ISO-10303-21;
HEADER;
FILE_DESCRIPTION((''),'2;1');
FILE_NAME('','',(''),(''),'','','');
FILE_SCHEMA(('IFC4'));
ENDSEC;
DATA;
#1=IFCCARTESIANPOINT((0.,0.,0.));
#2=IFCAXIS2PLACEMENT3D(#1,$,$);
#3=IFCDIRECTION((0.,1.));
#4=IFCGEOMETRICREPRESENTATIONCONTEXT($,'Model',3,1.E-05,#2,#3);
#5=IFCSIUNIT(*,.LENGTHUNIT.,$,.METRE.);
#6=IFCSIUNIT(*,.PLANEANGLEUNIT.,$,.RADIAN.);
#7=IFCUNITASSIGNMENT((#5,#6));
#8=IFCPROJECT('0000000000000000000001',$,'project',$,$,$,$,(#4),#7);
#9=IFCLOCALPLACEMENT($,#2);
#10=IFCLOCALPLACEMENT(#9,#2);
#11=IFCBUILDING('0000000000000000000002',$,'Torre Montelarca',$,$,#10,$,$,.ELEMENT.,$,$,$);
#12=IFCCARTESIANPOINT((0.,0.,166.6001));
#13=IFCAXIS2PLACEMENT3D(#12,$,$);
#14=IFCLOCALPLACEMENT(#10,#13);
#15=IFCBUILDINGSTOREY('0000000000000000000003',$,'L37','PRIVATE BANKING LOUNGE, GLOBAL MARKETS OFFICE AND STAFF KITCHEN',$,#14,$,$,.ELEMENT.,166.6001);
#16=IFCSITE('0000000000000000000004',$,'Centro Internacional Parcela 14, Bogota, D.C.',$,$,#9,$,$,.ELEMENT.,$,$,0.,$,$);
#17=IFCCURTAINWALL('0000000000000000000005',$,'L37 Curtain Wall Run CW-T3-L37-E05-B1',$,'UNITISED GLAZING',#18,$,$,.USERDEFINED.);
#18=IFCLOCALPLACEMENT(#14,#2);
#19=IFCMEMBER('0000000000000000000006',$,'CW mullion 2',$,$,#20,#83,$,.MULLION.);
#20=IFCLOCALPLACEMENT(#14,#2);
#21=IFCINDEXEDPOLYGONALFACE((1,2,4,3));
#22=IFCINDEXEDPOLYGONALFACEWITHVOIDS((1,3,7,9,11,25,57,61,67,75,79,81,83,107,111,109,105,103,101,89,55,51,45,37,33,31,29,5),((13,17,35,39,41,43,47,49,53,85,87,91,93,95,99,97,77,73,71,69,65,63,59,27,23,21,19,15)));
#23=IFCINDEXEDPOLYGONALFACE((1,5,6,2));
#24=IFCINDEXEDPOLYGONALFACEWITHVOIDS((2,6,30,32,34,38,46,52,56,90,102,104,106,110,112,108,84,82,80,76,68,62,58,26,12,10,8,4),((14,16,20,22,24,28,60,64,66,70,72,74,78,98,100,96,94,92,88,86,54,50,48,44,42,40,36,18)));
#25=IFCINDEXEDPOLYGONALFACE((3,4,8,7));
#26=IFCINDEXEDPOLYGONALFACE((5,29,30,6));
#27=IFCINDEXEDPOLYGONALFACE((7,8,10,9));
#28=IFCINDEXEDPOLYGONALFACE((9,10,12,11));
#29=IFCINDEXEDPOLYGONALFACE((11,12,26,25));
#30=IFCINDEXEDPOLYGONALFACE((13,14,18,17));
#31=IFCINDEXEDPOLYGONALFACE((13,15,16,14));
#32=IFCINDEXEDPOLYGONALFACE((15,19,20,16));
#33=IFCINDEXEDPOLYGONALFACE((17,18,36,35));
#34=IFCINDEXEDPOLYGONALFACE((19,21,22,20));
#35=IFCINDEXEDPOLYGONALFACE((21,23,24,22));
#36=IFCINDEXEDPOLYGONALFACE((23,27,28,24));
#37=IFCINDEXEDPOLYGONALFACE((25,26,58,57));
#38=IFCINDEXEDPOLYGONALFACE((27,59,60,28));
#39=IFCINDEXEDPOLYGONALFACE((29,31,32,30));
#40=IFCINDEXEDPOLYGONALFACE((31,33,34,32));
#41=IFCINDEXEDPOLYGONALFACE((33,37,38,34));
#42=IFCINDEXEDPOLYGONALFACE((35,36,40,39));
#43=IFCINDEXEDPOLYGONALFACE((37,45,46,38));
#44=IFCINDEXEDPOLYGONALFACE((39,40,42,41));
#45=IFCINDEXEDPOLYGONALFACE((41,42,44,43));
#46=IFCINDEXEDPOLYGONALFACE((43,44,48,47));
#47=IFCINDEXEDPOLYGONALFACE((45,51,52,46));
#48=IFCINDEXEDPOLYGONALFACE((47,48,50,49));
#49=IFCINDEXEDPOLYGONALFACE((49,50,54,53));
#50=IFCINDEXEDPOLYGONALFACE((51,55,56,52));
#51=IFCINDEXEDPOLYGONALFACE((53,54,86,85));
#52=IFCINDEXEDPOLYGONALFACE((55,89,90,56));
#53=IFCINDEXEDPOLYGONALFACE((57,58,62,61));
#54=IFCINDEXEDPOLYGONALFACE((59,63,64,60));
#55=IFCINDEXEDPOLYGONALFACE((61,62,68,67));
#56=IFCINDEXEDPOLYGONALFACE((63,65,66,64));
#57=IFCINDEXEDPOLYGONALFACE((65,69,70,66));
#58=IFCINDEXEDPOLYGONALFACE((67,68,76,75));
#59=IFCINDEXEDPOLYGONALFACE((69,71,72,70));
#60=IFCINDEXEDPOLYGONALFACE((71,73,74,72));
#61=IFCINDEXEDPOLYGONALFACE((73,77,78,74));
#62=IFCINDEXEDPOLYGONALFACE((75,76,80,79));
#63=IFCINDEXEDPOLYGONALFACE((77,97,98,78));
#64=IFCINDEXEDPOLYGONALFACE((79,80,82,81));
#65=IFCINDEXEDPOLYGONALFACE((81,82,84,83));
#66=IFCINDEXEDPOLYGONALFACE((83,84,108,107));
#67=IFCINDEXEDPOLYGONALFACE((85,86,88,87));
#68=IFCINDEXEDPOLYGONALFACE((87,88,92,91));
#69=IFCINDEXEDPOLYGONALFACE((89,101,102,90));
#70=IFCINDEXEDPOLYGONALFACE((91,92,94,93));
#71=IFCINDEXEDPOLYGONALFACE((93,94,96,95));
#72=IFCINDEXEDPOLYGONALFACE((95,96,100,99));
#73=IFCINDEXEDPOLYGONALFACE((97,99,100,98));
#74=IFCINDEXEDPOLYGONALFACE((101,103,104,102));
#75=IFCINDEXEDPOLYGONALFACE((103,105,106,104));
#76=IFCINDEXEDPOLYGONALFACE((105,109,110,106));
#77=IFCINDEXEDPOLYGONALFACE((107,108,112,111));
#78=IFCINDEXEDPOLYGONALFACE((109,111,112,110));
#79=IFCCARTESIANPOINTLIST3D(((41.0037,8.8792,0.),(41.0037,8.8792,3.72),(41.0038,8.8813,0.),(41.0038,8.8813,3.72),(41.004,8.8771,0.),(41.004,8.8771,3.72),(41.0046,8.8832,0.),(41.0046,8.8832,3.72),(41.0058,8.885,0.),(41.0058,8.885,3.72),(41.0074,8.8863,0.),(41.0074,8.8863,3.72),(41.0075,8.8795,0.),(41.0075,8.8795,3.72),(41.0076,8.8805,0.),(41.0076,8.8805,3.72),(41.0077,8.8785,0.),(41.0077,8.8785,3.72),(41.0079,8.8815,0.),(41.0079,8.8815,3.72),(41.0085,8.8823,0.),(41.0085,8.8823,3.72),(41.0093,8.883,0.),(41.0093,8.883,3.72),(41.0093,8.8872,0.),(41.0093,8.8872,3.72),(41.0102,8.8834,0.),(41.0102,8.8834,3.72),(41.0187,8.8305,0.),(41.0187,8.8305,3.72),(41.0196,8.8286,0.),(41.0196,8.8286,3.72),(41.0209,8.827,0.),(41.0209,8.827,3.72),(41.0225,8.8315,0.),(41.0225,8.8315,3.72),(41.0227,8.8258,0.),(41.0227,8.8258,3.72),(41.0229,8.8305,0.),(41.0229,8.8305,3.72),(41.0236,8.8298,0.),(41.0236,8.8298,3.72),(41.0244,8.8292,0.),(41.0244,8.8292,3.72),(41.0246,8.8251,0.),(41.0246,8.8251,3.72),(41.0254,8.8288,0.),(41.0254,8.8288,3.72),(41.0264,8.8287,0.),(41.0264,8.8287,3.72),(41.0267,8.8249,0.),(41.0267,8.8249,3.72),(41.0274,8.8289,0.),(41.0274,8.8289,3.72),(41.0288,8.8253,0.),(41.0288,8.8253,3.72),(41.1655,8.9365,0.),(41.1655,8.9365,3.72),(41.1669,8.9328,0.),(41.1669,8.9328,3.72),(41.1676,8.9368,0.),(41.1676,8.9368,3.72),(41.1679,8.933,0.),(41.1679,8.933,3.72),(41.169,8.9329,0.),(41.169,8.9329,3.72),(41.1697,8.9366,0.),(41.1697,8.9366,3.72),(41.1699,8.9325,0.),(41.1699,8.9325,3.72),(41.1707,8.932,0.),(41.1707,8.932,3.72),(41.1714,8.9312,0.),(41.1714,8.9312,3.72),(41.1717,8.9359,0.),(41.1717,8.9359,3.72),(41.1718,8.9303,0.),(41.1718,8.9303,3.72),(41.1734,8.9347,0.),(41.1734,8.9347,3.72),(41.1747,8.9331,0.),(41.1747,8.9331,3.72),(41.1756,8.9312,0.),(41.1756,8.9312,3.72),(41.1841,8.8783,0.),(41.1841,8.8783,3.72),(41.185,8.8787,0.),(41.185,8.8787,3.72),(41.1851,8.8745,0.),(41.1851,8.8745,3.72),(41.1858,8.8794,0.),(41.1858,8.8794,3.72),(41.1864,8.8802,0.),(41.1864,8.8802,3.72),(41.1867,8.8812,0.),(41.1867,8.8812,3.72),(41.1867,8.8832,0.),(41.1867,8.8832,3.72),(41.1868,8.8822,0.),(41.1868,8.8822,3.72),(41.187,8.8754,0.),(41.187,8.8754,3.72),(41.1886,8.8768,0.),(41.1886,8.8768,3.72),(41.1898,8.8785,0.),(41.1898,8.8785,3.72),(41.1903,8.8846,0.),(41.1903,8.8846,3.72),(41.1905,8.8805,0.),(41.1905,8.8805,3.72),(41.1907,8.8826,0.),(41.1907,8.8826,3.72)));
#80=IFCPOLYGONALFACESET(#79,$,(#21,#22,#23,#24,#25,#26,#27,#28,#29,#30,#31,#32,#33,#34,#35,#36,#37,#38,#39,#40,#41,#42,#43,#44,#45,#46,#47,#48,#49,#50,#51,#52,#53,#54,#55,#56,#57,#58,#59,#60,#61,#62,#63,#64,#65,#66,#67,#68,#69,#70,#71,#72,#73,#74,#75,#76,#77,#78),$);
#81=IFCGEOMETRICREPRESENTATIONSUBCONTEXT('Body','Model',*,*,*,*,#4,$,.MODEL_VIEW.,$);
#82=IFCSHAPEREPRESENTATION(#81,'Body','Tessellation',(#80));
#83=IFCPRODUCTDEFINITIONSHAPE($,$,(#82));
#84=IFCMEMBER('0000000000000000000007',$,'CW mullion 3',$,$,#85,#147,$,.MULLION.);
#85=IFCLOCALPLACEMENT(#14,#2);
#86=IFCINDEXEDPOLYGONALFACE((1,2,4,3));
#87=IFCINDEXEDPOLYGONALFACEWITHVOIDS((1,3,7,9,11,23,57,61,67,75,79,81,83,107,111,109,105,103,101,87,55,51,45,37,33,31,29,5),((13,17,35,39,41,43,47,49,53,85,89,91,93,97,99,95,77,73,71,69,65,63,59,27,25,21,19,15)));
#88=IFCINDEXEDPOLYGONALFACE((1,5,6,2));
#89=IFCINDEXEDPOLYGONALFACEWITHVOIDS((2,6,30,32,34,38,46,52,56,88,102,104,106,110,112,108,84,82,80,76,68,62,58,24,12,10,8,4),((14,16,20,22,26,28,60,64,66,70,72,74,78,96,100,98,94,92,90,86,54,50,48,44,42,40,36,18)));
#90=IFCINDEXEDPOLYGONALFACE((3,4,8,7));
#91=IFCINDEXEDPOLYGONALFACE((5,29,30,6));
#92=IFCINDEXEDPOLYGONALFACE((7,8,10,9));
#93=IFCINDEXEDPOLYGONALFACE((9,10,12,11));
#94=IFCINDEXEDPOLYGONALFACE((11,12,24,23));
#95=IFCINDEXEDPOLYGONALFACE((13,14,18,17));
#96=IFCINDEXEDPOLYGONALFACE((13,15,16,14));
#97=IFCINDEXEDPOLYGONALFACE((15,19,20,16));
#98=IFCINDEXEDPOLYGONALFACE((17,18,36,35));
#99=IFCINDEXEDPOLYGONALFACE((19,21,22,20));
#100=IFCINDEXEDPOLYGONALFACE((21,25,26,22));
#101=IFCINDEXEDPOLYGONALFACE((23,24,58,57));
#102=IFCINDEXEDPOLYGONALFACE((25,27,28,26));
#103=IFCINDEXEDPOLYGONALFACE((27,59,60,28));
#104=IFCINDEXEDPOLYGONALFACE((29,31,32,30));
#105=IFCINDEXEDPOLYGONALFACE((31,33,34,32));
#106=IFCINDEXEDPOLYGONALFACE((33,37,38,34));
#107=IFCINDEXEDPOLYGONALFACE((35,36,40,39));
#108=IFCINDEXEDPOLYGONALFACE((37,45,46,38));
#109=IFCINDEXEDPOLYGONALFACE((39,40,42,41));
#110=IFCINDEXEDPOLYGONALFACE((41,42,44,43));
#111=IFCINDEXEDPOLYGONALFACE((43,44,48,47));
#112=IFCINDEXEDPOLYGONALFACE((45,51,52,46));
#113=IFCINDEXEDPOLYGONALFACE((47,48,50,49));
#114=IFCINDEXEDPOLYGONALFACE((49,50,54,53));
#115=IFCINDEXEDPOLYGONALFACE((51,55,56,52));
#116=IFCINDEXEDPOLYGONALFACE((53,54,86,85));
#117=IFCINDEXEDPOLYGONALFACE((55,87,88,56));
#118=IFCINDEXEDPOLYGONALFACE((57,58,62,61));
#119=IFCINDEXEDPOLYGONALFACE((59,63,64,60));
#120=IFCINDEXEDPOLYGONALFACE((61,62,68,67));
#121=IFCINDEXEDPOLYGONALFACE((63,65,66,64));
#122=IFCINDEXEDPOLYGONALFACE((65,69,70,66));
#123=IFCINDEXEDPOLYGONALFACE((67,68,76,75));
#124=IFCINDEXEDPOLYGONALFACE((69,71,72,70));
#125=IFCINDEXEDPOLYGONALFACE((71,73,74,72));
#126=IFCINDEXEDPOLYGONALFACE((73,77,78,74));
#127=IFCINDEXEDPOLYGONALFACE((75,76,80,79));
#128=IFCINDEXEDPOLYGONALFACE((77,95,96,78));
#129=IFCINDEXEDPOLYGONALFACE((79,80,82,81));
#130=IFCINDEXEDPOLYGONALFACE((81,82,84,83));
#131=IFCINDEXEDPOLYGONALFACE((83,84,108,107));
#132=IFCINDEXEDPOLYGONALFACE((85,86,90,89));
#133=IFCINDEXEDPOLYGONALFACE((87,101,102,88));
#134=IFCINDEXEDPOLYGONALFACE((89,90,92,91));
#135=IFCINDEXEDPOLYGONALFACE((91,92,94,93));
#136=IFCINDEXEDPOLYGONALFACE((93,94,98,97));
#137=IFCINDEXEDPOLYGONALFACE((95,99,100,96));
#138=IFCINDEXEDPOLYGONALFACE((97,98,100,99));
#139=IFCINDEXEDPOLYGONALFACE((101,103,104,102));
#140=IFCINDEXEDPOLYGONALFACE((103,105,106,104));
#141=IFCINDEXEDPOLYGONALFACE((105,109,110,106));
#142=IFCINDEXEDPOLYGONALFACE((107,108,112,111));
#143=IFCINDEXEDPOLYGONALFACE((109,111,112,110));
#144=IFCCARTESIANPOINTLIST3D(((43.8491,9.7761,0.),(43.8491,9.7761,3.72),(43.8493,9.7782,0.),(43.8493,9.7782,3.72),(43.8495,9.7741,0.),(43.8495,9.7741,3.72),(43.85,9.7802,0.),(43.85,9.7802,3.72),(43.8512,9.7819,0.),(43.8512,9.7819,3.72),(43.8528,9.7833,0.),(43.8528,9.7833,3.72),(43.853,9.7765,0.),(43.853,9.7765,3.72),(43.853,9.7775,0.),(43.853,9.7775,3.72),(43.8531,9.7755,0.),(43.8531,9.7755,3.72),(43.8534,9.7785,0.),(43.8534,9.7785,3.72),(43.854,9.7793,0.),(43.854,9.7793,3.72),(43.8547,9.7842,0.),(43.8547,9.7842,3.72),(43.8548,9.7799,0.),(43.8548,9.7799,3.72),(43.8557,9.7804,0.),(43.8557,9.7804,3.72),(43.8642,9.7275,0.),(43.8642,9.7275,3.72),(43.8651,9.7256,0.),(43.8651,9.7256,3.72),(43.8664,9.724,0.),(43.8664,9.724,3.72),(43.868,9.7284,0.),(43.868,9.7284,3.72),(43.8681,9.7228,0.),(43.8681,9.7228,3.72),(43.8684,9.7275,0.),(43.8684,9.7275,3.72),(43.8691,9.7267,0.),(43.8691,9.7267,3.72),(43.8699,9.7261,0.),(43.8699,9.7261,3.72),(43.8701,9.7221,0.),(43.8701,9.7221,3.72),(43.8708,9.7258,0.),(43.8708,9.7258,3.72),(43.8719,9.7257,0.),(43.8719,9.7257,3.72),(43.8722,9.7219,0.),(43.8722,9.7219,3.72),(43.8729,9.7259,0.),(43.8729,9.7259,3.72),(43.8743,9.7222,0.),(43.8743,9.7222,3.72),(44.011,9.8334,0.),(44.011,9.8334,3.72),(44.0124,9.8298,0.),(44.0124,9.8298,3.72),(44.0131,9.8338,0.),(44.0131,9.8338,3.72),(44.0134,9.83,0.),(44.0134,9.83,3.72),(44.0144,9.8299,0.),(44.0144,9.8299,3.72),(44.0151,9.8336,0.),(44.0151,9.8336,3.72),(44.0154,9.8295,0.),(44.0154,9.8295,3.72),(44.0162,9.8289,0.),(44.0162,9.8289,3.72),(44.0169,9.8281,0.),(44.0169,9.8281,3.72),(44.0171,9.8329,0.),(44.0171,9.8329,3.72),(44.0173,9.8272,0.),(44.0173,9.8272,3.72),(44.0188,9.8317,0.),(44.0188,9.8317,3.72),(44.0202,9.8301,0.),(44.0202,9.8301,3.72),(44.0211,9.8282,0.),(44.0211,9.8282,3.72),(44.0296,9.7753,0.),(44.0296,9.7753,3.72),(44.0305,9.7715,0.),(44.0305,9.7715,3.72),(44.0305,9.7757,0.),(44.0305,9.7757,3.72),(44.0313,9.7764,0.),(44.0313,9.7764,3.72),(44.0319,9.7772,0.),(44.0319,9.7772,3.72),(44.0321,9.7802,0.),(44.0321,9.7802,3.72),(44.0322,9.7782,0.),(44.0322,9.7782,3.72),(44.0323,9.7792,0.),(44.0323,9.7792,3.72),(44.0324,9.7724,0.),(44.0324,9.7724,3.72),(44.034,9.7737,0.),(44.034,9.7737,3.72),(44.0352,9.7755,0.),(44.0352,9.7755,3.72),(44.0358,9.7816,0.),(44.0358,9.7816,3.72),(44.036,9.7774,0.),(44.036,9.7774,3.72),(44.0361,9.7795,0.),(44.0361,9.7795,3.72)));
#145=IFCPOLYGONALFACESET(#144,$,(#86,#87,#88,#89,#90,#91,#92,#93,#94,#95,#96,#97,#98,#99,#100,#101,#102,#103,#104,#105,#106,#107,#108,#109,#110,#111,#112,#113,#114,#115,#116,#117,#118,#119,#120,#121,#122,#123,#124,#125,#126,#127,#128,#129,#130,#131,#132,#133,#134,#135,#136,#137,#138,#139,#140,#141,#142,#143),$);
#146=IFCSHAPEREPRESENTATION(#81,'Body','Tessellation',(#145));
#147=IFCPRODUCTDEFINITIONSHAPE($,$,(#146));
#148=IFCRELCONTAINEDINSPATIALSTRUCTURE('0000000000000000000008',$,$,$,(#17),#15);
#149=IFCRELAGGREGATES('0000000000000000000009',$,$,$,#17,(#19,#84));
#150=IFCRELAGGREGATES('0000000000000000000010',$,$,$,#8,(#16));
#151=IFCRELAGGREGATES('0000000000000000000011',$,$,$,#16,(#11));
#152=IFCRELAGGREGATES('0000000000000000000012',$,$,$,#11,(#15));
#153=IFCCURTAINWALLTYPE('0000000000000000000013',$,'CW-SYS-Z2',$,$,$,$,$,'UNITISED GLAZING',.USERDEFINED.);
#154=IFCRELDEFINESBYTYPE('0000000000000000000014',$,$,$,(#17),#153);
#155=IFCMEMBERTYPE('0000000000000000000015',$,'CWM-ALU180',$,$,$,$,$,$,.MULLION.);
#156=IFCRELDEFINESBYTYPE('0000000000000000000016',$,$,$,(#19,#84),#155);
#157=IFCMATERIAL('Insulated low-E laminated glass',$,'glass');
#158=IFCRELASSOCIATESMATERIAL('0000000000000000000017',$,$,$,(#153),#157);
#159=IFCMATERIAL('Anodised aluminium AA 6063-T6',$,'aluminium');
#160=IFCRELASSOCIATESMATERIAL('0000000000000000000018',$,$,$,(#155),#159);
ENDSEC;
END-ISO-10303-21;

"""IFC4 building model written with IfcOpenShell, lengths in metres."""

from ifc_helpers import new_model, si_unit, direction, frame, origin, origin_2d, place, context, subcontext, project, spatial, hollow_rectangle, extrude, source, transform, mapped, material, material_profile, profile_set, type_object, element, aggregate, save


model = new_model("IFC4")

# Units and contexts
model_context = context("Model", 3, precision=1e-05, world=origin(), true_north=direction((0.0, 1.0)))
body_context = subcontext(model_context, "Body", "Model", "MODEL_VIEW")
ifc_project = project(units=[si_unit("LENGTHUNIT", "METRE"), si_unit("PLANEANGLEUNIT", "RADIAN")], contexts=[model_context])

# Site, building, storey
site_placement = place(None, origin())
site = spatial("IfcSite", under=ifc_project, at=site_placement, Name="Centro Internacional Parcela 14, Bogota, D.C.", CompositionType="ELEMENT", RefElevation=0.0)
building_placement = place(site_placement, origin())
building = spatial("IfcBuilding", under=site, at=building_placement, Name="Torre Montelarca", CompositionType="ELEMENT")
storey_placement = place(building_placement, frame((0.0, 0.0, 166.6001)))
storey = spatial("IfcBuildingStorey", under=building, at=storey_placement, Name="L37", Description="PRIVATE BANKING LOUNGE, GLOBAL MARKETS OFFICE AND STAFF KITCHEN", CompositionType="ELEMENT", Elevation=166.6001)

# Curtain wall
ifc_material_1 = material(Name="Insulated low-E laminated glass", Category="glass")
curtain_wall_type = type_object("IfcCurtainWallType", Name="CW-SYS-Z2", ElementType="UNITISED GLAZING", PredefinedType="USERDEFINED", material=ifc_material_1)
curtain_wall_1_placement = place(storey_placement, origin())
curtain_wall_1 = element("IfcCurtainWall", 1, at=curtain_wall_1_placement, inside=storey, type_object=curtain_wall_type, Name="L37 Curtain Wall Run CW-T3-L37-E05-B1", ObjectType="UNITISED GLAZING", PredefinedType="USERDEFINED")
ifc_material_2 = material(Name="Anodised aluminium AA 6063-T6", Category="aluminium")

# Shared definitions
ifc_material_profile_1 = material_profile(ifc_material_2, hollow_rectangle(XDim=0.0649, YDim=0.1799, WallThickness=0.0039, InnerFilletRadius=0.0039, OuterFilletRadius=0.0081, at=origin_2d()), Name="ALU65X180X4", Category="aluminium")
ifc_profile_set_1 = profile_set([ifc_material_profile_1], Name="Anodised aluminium AA 6063-T6")
member_type_1 = type_object("IfcMemberType", Name="CWM-ALU180", PredefinedType="MULLION", material=ifc_profile_set_1)
shared_shape_1 = source(origin(), body_context, "Body", "SweptSolid", [
    extrude(hollow_rectangle(XDim=0.0649, YDim=0.1799, WallThickness=0.0039, InnerFilletRadius=0.0039, OuterFilletRadius=0.0081, at=origin_2d()), origin(), (0.0, 0.0, 1.0), 3.72),
])

# Members
member_1_placement = place(storey_placement, frame((41.0972, 8.8809, 0.0), z_axis=(0.0, 0.0, 1.0), x_axis=(-0.300679, 0.953725, 0.0)))
member_1 = element("IfcMember", 2, at=member_1_placement, type_object=member_type_1, Name="CW mullion 2", PredefinedType="MULLION", context=body_context, shape_type="MappedRepresentation", body=[
    mapped(shared_shape_1, transform((0.0, 0.0, 0.0), scale=1.0)),
])
member_2_placement = place(storey_placement, frame((43.9426, 9.7778, 0.0), z_axis=(0.0, 0.0, 1.0), x_axis=(-0.300679, 0.953725, 0.0)))
member_2 = element("IfcMember", 3, at=member_2_placement, type_object=member_type_1, Name="CW mullion 3", PredefinedType="MULLION", context=body_context, shape_type="MappedRepresentation", body=[
    mapped(shared_shape_1, transform((0.0, 0.0, 0.0), scale=1.0)),
])

aggregate(curtain_wall_1, [member_1, member_2])

save(model, "model.ifc")
